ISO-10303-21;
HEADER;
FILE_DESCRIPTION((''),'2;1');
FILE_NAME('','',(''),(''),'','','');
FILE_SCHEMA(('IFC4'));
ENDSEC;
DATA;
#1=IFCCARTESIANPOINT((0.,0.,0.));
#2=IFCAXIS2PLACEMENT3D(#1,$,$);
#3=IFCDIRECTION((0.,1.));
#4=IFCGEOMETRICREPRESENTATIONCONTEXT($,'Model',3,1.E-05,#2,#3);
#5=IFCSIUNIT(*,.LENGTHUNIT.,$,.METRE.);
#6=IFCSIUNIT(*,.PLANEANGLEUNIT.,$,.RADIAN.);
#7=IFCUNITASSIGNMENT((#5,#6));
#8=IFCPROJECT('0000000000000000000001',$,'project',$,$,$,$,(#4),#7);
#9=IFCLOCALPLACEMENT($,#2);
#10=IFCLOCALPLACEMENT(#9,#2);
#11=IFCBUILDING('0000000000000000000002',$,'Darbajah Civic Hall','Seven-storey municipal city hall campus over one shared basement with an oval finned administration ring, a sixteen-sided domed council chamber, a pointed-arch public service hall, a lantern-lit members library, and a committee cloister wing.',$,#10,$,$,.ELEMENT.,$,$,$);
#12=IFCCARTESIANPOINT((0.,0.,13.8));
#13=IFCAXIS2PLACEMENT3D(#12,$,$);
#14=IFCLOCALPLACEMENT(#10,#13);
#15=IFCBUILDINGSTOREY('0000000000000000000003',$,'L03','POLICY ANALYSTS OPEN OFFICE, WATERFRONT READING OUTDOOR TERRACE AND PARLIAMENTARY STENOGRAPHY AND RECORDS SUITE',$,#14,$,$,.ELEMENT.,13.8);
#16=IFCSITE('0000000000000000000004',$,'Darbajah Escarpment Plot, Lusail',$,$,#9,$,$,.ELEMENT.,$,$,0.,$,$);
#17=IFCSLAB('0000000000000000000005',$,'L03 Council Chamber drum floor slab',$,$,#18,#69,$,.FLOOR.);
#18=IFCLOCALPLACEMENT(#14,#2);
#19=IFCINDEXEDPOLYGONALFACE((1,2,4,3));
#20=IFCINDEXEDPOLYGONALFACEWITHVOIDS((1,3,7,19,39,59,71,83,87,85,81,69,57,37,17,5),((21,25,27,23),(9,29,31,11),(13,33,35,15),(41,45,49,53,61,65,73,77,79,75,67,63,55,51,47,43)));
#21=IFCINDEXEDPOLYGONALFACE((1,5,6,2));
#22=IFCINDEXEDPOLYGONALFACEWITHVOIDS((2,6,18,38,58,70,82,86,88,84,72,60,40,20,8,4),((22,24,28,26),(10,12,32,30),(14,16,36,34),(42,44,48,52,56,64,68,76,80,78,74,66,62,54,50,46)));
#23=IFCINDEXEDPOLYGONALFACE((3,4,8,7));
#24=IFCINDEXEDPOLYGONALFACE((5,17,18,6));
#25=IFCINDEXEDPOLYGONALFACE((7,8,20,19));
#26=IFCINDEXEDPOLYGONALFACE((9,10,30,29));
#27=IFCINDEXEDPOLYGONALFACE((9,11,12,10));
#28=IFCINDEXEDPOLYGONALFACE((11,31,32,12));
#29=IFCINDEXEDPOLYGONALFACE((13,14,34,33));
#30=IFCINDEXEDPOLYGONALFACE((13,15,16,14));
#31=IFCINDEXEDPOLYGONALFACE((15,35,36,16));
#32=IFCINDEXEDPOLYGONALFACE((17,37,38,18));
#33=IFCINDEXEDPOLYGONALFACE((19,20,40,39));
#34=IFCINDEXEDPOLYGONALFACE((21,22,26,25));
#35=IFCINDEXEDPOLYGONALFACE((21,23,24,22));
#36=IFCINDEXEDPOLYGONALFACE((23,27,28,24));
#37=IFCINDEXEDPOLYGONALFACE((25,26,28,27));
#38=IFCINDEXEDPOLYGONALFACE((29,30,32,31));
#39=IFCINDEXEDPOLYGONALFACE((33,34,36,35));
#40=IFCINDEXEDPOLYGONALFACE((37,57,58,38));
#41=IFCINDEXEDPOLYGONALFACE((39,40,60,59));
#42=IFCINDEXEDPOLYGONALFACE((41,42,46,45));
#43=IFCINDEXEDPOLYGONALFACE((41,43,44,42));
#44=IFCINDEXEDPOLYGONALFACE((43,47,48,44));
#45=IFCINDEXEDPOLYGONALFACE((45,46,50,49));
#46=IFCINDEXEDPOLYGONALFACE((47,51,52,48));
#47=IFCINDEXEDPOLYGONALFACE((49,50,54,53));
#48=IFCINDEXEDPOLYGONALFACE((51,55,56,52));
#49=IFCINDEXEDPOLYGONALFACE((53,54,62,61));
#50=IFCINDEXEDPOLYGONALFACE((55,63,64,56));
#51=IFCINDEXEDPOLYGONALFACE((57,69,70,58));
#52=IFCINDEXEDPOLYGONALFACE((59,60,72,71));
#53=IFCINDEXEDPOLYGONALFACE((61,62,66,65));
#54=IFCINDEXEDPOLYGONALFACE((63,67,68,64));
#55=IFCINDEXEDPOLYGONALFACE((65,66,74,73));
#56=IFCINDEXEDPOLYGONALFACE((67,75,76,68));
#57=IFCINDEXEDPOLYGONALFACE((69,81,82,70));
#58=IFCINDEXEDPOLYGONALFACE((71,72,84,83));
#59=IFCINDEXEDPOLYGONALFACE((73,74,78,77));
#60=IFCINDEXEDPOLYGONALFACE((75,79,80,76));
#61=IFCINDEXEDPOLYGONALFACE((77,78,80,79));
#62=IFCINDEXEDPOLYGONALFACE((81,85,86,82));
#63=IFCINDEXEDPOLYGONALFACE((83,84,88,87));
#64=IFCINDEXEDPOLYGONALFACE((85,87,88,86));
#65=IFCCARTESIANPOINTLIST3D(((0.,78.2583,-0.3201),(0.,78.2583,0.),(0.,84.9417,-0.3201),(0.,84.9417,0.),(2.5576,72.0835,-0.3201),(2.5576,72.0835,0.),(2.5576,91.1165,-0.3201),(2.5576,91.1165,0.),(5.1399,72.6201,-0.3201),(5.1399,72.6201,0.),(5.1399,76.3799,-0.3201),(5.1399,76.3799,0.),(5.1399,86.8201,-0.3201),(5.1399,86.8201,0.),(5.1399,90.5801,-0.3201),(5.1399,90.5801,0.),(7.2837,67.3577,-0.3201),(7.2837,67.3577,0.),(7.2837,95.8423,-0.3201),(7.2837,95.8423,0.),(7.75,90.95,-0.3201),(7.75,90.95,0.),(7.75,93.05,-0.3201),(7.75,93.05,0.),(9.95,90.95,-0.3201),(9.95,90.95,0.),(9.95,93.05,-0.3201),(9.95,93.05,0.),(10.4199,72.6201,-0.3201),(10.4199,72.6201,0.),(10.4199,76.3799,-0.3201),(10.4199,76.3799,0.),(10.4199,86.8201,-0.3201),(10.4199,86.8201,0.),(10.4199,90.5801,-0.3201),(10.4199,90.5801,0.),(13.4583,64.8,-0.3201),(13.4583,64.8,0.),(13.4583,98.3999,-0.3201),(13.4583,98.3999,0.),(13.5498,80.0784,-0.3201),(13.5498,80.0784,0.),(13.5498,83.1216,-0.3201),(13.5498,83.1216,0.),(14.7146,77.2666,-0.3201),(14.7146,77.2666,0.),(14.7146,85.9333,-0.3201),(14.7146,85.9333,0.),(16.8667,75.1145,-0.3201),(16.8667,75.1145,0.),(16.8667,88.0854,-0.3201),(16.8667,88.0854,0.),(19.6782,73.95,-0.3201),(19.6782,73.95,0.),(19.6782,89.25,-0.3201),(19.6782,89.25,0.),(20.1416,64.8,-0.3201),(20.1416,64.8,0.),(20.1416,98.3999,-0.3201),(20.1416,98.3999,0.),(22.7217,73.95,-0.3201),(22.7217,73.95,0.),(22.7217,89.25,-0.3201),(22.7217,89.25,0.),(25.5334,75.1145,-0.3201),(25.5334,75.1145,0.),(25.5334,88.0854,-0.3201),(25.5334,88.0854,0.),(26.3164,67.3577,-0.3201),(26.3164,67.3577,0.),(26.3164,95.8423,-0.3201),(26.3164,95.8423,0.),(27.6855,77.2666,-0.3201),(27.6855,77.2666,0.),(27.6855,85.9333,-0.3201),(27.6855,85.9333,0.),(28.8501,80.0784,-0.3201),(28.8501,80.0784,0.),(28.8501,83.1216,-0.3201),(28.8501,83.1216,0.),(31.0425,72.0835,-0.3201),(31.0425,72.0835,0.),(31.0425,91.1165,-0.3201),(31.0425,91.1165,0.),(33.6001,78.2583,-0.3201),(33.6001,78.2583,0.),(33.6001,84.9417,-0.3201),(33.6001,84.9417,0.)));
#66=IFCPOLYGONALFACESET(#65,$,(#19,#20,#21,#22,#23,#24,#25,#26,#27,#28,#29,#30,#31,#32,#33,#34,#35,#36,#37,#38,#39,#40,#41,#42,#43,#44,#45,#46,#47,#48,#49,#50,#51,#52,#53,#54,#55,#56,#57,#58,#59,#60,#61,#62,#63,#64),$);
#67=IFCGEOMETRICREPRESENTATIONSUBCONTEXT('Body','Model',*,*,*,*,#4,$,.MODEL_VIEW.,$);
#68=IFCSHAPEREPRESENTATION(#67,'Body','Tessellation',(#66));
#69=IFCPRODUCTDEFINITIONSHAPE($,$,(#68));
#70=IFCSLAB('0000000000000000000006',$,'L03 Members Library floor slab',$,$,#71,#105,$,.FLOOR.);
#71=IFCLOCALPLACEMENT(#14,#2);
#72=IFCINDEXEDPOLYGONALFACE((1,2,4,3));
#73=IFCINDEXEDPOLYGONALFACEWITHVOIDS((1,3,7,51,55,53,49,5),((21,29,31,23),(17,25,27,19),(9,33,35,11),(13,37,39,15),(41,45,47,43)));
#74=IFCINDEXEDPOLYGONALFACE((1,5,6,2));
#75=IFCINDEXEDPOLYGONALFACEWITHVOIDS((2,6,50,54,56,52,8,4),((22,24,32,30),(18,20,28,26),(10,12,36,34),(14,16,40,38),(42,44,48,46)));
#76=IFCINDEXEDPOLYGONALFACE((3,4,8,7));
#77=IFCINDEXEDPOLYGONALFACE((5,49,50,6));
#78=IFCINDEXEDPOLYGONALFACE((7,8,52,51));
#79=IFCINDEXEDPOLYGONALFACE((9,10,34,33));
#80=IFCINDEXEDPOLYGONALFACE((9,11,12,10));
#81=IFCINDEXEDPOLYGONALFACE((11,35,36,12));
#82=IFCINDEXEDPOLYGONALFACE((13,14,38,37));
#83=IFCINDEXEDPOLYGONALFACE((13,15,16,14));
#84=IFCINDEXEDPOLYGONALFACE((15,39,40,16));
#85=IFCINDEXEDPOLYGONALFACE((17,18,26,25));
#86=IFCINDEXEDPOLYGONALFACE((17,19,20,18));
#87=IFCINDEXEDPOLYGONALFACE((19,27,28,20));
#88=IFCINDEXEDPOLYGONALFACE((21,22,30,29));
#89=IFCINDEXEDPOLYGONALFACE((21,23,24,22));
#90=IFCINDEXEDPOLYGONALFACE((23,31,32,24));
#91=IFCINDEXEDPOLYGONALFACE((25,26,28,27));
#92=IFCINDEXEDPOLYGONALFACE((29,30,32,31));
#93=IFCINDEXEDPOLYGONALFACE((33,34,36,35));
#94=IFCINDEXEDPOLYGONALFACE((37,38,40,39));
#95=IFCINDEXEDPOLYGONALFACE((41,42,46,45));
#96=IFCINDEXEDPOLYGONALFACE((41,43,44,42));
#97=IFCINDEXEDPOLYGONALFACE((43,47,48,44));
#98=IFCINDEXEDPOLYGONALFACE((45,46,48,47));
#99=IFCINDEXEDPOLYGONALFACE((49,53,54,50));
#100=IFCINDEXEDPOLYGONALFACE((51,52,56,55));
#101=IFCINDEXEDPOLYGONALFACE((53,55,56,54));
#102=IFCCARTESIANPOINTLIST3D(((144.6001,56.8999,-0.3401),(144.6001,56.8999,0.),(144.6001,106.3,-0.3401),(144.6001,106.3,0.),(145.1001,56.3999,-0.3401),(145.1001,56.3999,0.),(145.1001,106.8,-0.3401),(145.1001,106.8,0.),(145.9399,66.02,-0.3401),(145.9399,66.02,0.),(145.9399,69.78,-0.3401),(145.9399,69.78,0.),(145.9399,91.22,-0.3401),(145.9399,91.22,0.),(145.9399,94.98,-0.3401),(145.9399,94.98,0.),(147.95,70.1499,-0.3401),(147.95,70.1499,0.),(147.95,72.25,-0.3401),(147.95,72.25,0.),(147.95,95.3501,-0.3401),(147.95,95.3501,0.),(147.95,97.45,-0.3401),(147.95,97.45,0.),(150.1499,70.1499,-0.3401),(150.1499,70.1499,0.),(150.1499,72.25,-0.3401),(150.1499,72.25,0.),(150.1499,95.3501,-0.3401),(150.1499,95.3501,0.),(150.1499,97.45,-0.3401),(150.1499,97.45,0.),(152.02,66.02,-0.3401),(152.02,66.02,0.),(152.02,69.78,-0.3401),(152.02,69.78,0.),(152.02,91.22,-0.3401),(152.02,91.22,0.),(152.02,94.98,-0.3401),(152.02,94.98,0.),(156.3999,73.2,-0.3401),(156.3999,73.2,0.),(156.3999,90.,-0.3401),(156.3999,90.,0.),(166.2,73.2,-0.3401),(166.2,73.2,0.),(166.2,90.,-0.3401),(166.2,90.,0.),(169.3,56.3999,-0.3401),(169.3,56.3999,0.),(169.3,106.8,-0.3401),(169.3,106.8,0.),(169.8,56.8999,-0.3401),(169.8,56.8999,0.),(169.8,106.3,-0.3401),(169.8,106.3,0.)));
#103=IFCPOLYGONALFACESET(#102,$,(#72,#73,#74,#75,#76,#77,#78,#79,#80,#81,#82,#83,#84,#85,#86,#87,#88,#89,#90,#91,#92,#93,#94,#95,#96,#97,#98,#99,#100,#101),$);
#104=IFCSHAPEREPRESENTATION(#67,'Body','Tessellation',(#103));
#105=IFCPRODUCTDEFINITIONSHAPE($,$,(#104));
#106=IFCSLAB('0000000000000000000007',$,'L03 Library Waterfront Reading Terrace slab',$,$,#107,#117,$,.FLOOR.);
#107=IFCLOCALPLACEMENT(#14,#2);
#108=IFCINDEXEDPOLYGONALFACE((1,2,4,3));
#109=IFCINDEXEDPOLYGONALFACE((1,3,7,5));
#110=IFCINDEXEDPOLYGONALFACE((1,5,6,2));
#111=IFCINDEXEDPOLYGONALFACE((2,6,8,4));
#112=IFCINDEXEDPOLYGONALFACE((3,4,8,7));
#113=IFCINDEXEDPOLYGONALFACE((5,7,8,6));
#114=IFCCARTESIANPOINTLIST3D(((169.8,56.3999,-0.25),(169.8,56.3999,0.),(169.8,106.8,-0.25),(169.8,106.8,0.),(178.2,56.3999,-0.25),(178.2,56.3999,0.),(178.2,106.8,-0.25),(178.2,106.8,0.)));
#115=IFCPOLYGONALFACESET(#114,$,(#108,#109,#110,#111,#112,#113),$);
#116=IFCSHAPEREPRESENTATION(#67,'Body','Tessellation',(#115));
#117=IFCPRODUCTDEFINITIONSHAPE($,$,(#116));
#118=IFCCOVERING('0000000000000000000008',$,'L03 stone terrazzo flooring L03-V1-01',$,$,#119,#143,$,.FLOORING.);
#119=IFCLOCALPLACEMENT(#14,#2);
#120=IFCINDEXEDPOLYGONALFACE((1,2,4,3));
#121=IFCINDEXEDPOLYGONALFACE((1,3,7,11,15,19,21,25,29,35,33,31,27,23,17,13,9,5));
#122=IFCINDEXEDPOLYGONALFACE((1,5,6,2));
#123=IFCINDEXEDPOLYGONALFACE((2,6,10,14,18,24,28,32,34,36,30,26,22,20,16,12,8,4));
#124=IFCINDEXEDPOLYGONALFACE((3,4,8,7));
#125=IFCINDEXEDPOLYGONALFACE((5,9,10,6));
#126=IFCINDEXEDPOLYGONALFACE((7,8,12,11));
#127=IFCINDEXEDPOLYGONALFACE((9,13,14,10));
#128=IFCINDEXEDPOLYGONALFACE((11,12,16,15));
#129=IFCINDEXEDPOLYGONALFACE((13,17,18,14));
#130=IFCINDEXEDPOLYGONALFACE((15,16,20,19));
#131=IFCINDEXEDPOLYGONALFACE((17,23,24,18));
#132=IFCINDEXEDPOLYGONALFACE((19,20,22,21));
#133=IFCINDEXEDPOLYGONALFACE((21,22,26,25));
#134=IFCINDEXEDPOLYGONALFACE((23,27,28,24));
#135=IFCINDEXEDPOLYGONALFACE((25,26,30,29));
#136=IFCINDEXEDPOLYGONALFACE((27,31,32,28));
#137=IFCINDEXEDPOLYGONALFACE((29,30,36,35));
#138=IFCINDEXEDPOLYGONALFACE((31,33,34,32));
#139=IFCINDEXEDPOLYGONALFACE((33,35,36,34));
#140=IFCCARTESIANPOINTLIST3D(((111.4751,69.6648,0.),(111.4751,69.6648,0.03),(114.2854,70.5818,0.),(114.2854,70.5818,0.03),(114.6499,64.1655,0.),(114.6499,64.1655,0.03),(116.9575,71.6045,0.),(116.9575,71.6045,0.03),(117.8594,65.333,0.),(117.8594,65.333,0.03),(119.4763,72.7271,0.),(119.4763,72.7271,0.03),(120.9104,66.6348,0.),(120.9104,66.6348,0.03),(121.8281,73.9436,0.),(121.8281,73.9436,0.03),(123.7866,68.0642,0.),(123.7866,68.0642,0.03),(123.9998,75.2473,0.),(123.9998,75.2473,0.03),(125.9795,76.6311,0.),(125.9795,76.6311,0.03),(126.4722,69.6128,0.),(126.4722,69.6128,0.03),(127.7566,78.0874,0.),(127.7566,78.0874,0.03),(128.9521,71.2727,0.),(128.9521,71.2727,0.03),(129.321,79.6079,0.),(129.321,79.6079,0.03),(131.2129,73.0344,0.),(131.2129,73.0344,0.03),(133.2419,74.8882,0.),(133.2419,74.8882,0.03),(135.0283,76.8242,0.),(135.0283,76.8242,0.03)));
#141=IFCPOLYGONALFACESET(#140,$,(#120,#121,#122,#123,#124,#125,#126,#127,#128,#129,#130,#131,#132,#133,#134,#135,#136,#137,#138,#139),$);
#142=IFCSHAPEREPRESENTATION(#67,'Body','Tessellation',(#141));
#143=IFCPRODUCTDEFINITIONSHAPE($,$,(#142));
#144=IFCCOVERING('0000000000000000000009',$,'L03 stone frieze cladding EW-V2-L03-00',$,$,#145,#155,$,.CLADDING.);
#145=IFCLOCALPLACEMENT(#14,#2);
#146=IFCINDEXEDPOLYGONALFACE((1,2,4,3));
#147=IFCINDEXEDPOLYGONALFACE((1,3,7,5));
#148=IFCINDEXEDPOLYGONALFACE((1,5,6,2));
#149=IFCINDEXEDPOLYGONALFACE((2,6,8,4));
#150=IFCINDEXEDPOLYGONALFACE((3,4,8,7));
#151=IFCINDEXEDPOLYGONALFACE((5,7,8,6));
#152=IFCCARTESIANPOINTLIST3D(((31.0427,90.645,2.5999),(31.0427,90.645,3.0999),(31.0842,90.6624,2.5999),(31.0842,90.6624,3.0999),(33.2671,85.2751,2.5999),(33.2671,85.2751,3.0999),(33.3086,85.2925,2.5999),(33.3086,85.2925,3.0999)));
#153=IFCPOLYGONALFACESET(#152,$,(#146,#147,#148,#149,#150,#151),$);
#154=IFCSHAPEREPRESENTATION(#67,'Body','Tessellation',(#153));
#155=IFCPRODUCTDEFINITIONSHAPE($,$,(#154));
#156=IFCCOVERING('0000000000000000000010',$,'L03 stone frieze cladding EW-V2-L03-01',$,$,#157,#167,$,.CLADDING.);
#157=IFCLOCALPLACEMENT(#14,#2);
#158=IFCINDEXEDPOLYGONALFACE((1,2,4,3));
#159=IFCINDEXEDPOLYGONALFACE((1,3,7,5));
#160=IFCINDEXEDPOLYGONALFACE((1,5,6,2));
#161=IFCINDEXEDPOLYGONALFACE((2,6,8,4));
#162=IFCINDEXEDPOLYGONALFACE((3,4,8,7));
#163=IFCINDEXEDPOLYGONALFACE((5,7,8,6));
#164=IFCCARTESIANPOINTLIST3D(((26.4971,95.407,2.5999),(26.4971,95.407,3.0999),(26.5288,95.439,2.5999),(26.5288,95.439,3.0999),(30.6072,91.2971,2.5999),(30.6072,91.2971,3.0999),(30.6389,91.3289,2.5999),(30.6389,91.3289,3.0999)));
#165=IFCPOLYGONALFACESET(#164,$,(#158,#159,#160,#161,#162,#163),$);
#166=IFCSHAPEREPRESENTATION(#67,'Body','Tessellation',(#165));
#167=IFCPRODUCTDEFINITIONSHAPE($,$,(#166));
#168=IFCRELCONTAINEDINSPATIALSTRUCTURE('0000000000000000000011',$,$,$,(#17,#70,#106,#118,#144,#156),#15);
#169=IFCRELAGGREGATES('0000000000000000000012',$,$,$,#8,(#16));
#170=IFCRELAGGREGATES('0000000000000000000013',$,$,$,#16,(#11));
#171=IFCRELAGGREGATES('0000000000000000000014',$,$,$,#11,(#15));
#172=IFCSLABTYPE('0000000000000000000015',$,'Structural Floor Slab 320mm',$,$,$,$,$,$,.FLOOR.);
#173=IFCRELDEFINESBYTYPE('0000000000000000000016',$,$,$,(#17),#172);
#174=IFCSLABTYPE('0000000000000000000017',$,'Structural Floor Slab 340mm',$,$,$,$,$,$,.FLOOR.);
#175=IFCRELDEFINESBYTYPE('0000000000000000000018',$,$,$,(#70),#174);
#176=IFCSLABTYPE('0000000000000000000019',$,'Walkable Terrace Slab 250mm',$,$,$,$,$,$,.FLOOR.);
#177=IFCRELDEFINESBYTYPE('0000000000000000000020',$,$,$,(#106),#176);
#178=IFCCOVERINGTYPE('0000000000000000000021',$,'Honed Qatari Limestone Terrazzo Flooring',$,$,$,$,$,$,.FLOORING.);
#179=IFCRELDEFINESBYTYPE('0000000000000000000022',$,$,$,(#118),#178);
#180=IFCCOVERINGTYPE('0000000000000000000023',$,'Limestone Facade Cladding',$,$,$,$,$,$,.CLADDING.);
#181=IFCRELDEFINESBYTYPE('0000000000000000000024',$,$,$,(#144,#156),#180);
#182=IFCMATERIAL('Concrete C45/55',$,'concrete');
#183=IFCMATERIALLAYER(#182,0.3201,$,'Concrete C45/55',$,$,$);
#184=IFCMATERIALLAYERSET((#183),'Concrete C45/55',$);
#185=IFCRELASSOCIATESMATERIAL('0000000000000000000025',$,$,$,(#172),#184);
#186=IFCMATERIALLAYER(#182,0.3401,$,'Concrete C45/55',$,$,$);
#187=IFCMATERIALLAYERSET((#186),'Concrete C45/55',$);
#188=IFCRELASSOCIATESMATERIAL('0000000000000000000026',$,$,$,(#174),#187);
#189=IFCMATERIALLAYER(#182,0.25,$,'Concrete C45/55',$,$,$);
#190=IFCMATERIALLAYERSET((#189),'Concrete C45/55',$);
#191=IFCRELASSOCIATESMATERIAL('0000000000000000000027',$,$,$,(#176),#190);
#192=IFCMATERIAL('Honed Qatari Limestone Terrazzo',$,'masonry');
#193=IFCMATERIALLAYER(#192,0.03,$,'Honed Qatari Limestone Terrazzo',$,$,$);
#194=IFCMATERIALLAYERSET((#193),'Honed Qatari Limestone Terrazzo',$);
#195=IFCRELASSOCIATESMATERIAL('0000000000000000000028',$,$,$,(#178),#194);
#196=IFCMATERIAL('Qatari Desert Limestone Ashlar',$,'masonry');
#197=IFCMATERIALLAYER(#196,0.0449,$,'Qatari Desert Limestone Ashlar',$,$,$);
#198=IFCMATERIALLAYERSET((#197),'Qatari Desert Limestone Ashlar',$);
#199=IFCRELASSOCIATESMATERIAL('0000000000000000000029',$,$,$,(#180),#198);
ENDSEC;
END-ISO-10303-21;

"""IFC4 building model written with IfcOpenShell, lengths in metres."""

from ifc_helpers import new_model, si_unit, direction, frame, origin, place, context, subcontext, project, spatial, polyline, outline, extrude, material, layer, layer_set, type_object, element, save


model = new_model("IFC4")

# Units and contexts
model_context = context("Model", 3, precision=1e-05, world=origin(), true_north=direction((0.0, 1.0)))
body_context = subcontext(model_context, "Body", "Model", "MODEL_VIEW")
ifc_project = project(units=[si_unit("LENGTHUNIT", "METRE"), si_unit("PLANEANGLEUNIT", "RADIAN")], contexts=[model_context])

# Site, building, storey
site_placement = place(None, origin())
site = spatial("IfcSite", under=ifc_project, at=site_placement, Name="Darbajah Escarpment Plot, Lusail", CompositionType="ELEMENT", RefElevation=0.0)
building_placement = place(site_placement, origin())
building = spatial("IfcBuilding", under=site, at=building_placement, Name="Darbajah Civic Hall", Description="Seven-storey municipal city hall campus over one shared basement with an oval finned administration ring, a sixteen-sided domed council chamber, a pointed-arch public service hall, a lantern-lit members library, and a committee cloister wing.", CompositionType="ELEMENT")
storey_placement = place(building_placement, frame((0.0, 0.0, 13.8)))
storey = spatial("IfcBuildingStorey", under=building, at=storey_placement, Name="L03", Description="POLICY ANALYSTS OPEN OFFICE, WATERFRONT READING OUTDOOR TERRACE AND PARLIAMENTARY STENOGRAPHY AND RECORDS SUITE", CompositionType="ELEMENT", Elevation=13.8)

# Shared definitions
ifc_material_1 = material(Name="Concrete C45/55", Category="concrete")

# Slabs
ifc_layer_1 = layer(ifc_material_1, 0.3201, Name="Concrete C45/55")
ifc_layer_set_1 = layer_set([ifc_layer_1], Name="Concrete C45/55")
slab_type_1 = type_object("IfcSlabType", Name="Structural Floor Slab 320mm", PredefinedType="FLOOR", material=ifc_layer_set_1)
slab_1_placement = place(storey_placement, frame((0.0, 0.0, -0.3201)))
element("IfcSlab", 1, at=slab_1_placement, inside=storey, type_object=slab_type_1, Name="L03 Council Chamber drum floor slab", PredefinedType="FLOOR", context=body_context, shape_type="SweptSolid", body=[
    extrude(outline(polyline([(33.6001, 84.9417), (31.0425, 91.1165), (26.3164, 95.8423), (20.1416, 98.3999), (13.4583, 98.3999), (7.2837, 95.8423), (2.5576, 91.1165), (0.0, 84.9417), (0.0, 78.2583), (2.5576, 72.0835), (7.2837, 67.3577), (13.4583, 64.8), (20.1416, 64.8), (26.3164, 67.3577), (31.0425, 72.0835), (33.6001, 78.2583), (33.6001, 84.9417)]), holes=[polyline([(5.1399, 90.5801), (10.4199, 90.5801), (10.4199, 86.8201), (5.1399, 86.8201), (5.1399, 90.5801)]), polyline([(7.75, 93.05), (9.95, 93.05), (9.95, 90.95), (7.75, 90.95), (7.75, 93.05)]), polyline([(5.1399, 76.3799), (10.4199, 76.3799), (10.4199, 72.6201), (5.1399, 72.6201), (5.1399, 76.3799)]), polyline([(28.8501, 80.0784), (27.6855, 77.2666), (25.5334, 75.1145), (22.7217, 73.95), (19.6782, 73.95), (16.8667, 75.1145), (14.7146, 77.2666), (13.5498, 80.0784), (13.5498, 83.1216), (14.7146, 85.9333), (16.8667, 88.0854), (19.6782, 89.25), (22.7217, 89.25), (25.5334, 88.0854), (27.6855, 85.9333), (28.8501, 83.1216), (28.8501, 80.0784)])]), origin(), (0.0, 0.0, 1.0), 0.3201),
])
ifc_layer_2 = layer(ifc_material_1, 0.3401, Name="Concrete C45/55")
ifc_layer_set_2 = layer_set([ifc_layer_2], Name="Concrete C45/55")
slab_type_2 = type_object("IfcSlabType", Name="Structural Floor Slab 340mm", PredefinedType="FLOOR", material=ifc_layer_set_2)
slab_2_placement = place(storey_placement, frame((0.0, 0.0, -0.3401)))
element("IfcSlab", 2, at=slab_2_placement, inside=storey, type_object=slab_type_2, Name="L03 Members Library floor slab", PredefinedType="FLOOR", context=body_context, shape_type="SweptSolid", body=[
    extrude(outline(polyline([(145.1001, 56.3999), (169.3, 56.3999), (169.8, 56.8999), (169.8, 106.3), (169.3, 106.8), (145.1001, 106.8), (144.6001, 106.3), (144.6001, 56.8999), (145.1001, 56.3999)]), holes=[polyline([(145.9399, 94.98), (152.02, 94.98), (152.02, 91.22), (145.9399, 91.22), (145.9399, 94.98)]), polyline([(147.95, 97.45), (150.1499, 97.45), (150.1499, 95.3501), (147.95, 95.3501), (147.95, 97.45)]), polyline([(145.9399, 69.78), (152.02, 69.78), (152.02, 66.02), (145.9399, 66.02), (145.9399, 69.78)]), polyline([(147.95, 72.25), (150.1499, 72.25), (150.1499, 70.1499), (147.95, 70.1499), (147.95, 72.25)]), polyline([(156.3999, 90.0), (166.2, 90.0), (166.2, 73.2), (156.3999, 73.2), (156.3999, 90.0)])]), origin(), (0.0, 0.0, 1.0), 0.3401),
])
ifc_layer_3 = layer(ifc_material_1, 0.25, Name="Concrete C45/55")
ifc_layer_set_3 = layer_set([ifc_layer_3], Name="Concrete C45/55")
slab_type_3 = type_object("IfcSlabType", Name="Walkable Terrace Slab 250mm", PredefinedType="FLOOR", material=ifc_layer_set_3)
slab_3_placement = place(storey_placement, frame((0.0, 0.0, -0.25)))
element("IfcSlab", 3, at=slab_3_placement, inside=storey, type_object=slab_type_3, Name="L03 Library Waterfront Reading Terrace slab", PredefinedType="FLOOR", context=body_context, shape_type="SweptSolid", body=[
    extrude(outline(polyline([(169.8, 56.3999), (178.2, 56.3999), (178.2, 106.8), (169.8, 106.8), (169.8, 56.3999)])), origin(), (0.0, 0.0, 1.0), 0.25),
])

# Coverings
ifc_material_2 = material(Name="Honed Qatari Limestone Terrazzo", Category="masonry")
ifc_layer_4 = layer(ifc_material_2, 0.03, Name="Honed Qatari Limestone Terrazzo")
ifc_layer_set_4 = layer_set([ifc_layer_4], Name="Honed Qatari Limestone Terrazzo")
covering_type_1 = type_object("IfcCoveringType", Name="Honed Qatari Limestone Terrazzo Flooring", PredefinedType="FLOORING", material=ifc_layer_set_4)
covering_1_placement = place(storey_placement, origin())
element("IfcCovering", 4, at=covering_1_placement, inside=storey, type_object=covering_type_1, Name="L03 stone terrazzo flooring L03-V1-01", PredefinedType="FLOORING", context=body_context, shape_type="SweptSolid", body=[
    extrude(outline(polyline([(114.6499, 64.1655), (117.8594, 65.333), (120.9104, 66.6348), (123.7866, 68.0642), (126.4722, 69.6128), (128.9521, 71.2727), (131.2129, 73.0344), (133.2419, 74.8882), (135.0283, 76.8242), (129.321, 79.6079), (127.7566, 78.0874), (125.9795, 76.6311), (123.9998, 75.2473), (121.8281, 73.9436), (119.4763, 72.7271), (116.9575, 71.6045), (114.2854, 70.5818), (111.4751, 69.6648), (114.6499, 64.1655)])), origin(), (0.0, 0.0, 1.0), 0.03),
])
ifc_material_3 = material(Name="Qatari Desert Limestone Ashlar", Category="masonry")
ifc_layer_5 = layer(ifc_material_3, 0.0449, Name="Qatari Desert Limestone Ashlar")
ifc_layer_set_5 = layer_set([ifc_layer_5], Name="Qatari Desert Limestone Ashlar")
covering_type_2 = type_object("IfcCoveringType", Name="Limestone Facade Cladding", PredefinedType="CLADDING", material=ifc_layer_set_5)
covering_2_placement = place(storey_placement, frame((0.0, 0.0, 2.5999)))
element("IfcCovering", 5, at=covering_2_placement, inside=storey, type_object=covering_type_2, Name="L03 stone frieze cladding EW-V2-L03-00", PredefinedType="CLADDING", context=body_context, shape_type="SweptSolid", body=[
    extrude(outline(polyline([(33.2671, 85.2751), (31.0427, 90.645), (31.0842, 90.6624), (33.3086, 85.2925), (33.2671, 85.2751)])), origin(), (0.0, 0.0, 1.0), 0.5),
])
covering_3_placement = place(storey_placement, frame((0.0, 0.0, 2.5999)))
element("IfcCovering", 6, at=covering_3_placement, inside=storey, type_object=covering_type_2, Name="L03 stone frieze cladding EW-V2-L03-01", PredefinedType="CLADDING", context=body_context, shape_type="SweptSolid", body=[
    extrude(outline(polyline([(30.6072, 91.2971), (26.4971, 95.407), (26.5288, 95.439), (30.6389, 91.3289), (30.6072, 91.2971)])), origin(), (0.0, 0.0, 1.0), 0.5),
])

save(model, "model.ifc")
